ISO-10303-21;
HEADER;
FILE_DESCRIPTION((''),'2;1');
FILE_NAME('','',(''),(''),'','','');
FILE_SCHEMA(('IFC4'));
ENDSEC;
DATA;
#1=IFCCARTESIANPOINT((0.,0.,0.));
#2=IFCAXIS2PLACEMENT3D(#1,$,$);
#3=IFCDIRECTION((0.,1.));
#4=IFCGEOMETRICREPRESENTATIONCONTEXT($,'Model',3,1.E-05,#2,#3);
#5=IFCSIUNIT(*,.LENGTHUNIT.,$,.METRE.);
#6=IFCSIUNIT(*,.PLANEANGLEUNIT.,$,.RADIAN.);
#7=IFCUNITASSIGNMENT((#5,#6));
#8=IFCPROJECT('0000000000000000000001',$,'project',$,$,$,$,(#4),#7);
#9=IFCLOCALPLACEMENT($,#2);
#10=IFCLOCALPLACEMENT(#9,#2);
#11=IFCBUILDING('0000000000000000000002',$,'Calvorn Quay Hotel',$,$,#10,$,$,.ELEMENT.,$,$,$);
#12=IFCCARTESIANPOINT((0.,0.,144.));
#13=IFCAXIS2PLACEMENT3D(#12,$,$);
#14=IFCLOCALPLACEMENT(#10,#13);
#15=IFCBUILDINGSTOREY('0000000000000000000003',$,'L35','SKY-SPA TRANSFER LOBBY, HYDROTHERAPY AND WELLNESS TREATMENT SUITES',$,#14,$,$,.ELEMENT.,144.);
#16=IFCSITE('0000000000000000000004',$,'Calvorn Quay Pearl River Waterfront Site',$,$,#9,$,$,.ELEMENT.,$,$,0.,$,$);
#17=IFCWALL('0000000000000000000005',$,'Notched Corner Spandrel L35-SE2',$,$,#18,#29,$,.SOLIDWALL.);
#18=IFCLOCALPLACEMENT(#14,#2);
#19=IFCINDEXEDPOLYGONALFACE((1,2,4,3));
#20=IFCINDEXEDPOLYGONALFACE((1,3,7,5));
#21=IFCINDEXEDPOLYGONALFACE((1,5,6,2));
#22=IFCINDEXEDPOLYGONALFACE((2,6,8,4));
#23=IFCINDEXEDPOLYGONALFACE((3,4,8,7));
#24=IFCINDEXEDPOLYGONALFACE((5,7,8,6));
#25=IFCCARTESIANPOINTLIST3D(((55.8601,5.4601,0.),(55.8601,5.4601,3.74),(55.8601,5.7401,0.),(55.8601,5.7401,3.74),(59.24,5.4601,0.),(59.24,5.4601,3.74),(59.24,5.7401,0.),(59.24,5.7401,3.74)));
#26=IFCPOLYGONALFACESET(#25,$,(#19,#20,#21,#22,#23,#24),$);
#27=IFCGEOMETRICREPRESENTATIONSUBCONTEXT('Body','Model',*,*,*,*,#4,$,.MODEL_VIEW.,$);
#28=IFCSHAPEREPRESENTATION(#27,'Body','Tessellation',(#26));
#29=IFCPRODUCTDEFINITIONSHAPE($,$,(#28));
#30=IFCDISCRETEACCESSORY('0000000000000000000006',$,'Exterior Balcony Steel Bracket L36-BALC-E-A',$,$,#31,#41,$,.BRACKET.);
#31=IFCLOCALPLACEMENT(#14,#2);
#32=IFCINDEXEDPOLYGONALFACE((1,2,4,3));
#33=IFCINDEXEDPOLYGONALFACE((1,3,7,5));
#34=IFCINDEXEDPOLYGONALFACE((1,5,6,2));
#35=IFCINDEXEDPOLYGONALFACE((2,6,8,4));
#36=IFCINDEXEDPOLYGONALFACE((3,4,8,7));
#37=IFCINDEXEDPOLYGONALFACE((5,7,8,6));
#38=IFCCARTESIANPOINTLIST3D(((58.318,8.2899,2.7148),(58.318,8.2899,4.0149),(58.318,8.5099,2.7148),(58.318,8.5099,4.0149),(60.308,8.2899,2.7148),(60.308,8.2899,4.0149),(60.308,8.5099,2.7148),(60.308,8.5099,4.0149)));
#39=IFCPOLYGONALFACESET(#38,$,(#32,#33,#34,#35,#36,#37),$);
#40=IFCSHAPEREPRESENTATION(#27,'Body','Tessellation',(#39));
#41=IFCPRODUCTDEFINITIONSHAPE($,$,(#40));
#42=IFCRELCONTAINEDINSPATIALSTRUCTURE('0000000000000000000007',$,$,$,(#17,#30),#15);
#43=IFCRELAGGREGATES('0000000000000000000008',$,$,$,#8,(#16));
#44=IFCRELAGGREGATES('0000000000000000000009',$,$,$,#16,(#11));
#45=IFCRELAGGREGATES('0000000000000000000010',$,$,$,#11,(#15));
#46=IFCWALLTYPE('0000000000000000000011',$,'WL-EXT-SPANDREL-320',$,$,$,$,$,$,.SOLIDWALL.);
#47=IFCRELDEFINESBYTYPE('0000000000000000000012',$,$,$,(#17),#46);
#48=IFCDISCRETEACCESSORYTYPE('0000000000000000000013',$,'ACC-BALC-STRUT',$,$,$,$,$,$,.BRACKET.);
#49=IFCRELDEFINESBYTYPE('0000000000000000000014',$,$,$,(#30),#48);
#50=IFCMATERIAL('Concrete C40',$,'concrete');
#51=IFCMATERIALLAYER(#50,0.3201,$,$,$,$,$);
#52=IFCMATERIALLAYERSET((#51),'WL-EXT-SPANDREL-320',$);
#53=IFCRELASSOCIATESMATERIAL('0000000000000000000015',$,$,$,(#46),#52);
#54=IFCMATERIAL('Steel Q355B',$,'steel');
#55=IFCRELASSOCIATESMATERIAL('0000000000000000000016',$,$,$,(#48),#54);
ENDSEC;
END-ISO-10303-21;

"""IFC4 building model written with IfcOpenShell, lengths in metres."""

from ifc_helpers import new_model, si_unit, direction, frame, frame_2d, origin, origin_2d, place, context, subcontext, project, spatial, rectangle, extrude, material, layer, layer_set, type_object, element, save


model = new_model("IFC4")

# Units and contexts
model_context = context("Model", 3, precision=1e-05, world=origin(), true_north=direction((0.0, 1.0)))
body_context = subcontext(model_context, "Body", "Model", "MODEL_VIEW")
ifc_project = project(units=[si_unit("LENGTHUNIT", "METRE"), si_unit("PLANEANGLEUNIT", "RADIAN")], contexts=[model_context])

# Site, building, storey
site_placement = place(None, origin())
site = spatial("IfcSite", under=ifc_project, at=site_placement, Name="Calvorn Quay Pearl River Waterfront Site", CompositionType="ELEMENT", RefElevation=0.0)
building_placement = place(site_placement, origin())
building = spatial("IfcBuilding", under=site, at=building_placement, Name="Calvorn Quay Hotel", CompositionType="ELEMENT")
storey_placement = place(building_placement, frame((0.0, 0.0, 144.0)))
storey = spatial("IfcBuildingStorey", under=building, at=storey_placement, Name="L35", Description="SKY-SPA TRANSFER LOBBY, HYDROTHERAPY AND WELLNESS TREATMENT SUITES", CompositionType="ELEMENT", Elevation=144.0)

# Wall
ifc_material_1 = material(Name="Concrete C40", Category="concrete")
ifc_layer_1 = layer(ifc_material_1, 0.3201)
ifc_layer_set_1 = layer_set([ifc_layer_1], Name="WL-EXT-SPANDREL-320")
wall_type = type_object("IfcWallType", Name="WL-EXT-SPANDREL-320", PredefinedType="SOLIDWALL", material=ifc_layer_set_1)
wall_1_placement = place(storey_placement, frame((55.8601, 5.6001, 0.0), z_axis=(0.0, 0.0, 1.0), x_axis=(1.0, 0.0, 0.0)))
element("IfcWall", 1, at=wall_1_placement, inside=storey, type_object=wall_type, Name="Notched Corner Spandrel L35-SE2", PredefinedType="SOLIDWALL", context=body_context, shape_type="SweptSolid", body=[
    extrude(rectangle(XDim=3.3799, YDim=0.28, at=frame_2d((1.6899, 0.0))), origin(), (0.0, 0.0, 1.0), 3.74),
])

# Discrete accessory
ifc_material_2 = material(Name="Steel Q355B", Category="steel")
discrete_accessory_type = type_object("IfcDiscreteAccessoryType", Name="ACC-BALC-STRUT", PredefinedType="BRACKET", material=ifc_material_2)
discrete_accessory_placement = place(storey_placement, frame((59.313, 8.3999, 2.7148), z_axis=(0.0, 0.0, 1.0), x_axis=(1.0, 0.0, 0.0)))
element("IfcDiscreteAccessory", 2, at=discrete_accessory_placement, inside=storey, type_object=discrete_accessory_type, Name="Exterior Balcony Steel Bracket L36-BALC-E-A", PredefinedType="BRACKET", context=body_context, shape_type="SweptSolid", body=[
    extrude(rectangle(XDim=1.99, YDim=0.22, at=origin_2d()), origin(), (0.0, 0.0, 1.0), 1.3),
])

save(model, "model.ifc")
